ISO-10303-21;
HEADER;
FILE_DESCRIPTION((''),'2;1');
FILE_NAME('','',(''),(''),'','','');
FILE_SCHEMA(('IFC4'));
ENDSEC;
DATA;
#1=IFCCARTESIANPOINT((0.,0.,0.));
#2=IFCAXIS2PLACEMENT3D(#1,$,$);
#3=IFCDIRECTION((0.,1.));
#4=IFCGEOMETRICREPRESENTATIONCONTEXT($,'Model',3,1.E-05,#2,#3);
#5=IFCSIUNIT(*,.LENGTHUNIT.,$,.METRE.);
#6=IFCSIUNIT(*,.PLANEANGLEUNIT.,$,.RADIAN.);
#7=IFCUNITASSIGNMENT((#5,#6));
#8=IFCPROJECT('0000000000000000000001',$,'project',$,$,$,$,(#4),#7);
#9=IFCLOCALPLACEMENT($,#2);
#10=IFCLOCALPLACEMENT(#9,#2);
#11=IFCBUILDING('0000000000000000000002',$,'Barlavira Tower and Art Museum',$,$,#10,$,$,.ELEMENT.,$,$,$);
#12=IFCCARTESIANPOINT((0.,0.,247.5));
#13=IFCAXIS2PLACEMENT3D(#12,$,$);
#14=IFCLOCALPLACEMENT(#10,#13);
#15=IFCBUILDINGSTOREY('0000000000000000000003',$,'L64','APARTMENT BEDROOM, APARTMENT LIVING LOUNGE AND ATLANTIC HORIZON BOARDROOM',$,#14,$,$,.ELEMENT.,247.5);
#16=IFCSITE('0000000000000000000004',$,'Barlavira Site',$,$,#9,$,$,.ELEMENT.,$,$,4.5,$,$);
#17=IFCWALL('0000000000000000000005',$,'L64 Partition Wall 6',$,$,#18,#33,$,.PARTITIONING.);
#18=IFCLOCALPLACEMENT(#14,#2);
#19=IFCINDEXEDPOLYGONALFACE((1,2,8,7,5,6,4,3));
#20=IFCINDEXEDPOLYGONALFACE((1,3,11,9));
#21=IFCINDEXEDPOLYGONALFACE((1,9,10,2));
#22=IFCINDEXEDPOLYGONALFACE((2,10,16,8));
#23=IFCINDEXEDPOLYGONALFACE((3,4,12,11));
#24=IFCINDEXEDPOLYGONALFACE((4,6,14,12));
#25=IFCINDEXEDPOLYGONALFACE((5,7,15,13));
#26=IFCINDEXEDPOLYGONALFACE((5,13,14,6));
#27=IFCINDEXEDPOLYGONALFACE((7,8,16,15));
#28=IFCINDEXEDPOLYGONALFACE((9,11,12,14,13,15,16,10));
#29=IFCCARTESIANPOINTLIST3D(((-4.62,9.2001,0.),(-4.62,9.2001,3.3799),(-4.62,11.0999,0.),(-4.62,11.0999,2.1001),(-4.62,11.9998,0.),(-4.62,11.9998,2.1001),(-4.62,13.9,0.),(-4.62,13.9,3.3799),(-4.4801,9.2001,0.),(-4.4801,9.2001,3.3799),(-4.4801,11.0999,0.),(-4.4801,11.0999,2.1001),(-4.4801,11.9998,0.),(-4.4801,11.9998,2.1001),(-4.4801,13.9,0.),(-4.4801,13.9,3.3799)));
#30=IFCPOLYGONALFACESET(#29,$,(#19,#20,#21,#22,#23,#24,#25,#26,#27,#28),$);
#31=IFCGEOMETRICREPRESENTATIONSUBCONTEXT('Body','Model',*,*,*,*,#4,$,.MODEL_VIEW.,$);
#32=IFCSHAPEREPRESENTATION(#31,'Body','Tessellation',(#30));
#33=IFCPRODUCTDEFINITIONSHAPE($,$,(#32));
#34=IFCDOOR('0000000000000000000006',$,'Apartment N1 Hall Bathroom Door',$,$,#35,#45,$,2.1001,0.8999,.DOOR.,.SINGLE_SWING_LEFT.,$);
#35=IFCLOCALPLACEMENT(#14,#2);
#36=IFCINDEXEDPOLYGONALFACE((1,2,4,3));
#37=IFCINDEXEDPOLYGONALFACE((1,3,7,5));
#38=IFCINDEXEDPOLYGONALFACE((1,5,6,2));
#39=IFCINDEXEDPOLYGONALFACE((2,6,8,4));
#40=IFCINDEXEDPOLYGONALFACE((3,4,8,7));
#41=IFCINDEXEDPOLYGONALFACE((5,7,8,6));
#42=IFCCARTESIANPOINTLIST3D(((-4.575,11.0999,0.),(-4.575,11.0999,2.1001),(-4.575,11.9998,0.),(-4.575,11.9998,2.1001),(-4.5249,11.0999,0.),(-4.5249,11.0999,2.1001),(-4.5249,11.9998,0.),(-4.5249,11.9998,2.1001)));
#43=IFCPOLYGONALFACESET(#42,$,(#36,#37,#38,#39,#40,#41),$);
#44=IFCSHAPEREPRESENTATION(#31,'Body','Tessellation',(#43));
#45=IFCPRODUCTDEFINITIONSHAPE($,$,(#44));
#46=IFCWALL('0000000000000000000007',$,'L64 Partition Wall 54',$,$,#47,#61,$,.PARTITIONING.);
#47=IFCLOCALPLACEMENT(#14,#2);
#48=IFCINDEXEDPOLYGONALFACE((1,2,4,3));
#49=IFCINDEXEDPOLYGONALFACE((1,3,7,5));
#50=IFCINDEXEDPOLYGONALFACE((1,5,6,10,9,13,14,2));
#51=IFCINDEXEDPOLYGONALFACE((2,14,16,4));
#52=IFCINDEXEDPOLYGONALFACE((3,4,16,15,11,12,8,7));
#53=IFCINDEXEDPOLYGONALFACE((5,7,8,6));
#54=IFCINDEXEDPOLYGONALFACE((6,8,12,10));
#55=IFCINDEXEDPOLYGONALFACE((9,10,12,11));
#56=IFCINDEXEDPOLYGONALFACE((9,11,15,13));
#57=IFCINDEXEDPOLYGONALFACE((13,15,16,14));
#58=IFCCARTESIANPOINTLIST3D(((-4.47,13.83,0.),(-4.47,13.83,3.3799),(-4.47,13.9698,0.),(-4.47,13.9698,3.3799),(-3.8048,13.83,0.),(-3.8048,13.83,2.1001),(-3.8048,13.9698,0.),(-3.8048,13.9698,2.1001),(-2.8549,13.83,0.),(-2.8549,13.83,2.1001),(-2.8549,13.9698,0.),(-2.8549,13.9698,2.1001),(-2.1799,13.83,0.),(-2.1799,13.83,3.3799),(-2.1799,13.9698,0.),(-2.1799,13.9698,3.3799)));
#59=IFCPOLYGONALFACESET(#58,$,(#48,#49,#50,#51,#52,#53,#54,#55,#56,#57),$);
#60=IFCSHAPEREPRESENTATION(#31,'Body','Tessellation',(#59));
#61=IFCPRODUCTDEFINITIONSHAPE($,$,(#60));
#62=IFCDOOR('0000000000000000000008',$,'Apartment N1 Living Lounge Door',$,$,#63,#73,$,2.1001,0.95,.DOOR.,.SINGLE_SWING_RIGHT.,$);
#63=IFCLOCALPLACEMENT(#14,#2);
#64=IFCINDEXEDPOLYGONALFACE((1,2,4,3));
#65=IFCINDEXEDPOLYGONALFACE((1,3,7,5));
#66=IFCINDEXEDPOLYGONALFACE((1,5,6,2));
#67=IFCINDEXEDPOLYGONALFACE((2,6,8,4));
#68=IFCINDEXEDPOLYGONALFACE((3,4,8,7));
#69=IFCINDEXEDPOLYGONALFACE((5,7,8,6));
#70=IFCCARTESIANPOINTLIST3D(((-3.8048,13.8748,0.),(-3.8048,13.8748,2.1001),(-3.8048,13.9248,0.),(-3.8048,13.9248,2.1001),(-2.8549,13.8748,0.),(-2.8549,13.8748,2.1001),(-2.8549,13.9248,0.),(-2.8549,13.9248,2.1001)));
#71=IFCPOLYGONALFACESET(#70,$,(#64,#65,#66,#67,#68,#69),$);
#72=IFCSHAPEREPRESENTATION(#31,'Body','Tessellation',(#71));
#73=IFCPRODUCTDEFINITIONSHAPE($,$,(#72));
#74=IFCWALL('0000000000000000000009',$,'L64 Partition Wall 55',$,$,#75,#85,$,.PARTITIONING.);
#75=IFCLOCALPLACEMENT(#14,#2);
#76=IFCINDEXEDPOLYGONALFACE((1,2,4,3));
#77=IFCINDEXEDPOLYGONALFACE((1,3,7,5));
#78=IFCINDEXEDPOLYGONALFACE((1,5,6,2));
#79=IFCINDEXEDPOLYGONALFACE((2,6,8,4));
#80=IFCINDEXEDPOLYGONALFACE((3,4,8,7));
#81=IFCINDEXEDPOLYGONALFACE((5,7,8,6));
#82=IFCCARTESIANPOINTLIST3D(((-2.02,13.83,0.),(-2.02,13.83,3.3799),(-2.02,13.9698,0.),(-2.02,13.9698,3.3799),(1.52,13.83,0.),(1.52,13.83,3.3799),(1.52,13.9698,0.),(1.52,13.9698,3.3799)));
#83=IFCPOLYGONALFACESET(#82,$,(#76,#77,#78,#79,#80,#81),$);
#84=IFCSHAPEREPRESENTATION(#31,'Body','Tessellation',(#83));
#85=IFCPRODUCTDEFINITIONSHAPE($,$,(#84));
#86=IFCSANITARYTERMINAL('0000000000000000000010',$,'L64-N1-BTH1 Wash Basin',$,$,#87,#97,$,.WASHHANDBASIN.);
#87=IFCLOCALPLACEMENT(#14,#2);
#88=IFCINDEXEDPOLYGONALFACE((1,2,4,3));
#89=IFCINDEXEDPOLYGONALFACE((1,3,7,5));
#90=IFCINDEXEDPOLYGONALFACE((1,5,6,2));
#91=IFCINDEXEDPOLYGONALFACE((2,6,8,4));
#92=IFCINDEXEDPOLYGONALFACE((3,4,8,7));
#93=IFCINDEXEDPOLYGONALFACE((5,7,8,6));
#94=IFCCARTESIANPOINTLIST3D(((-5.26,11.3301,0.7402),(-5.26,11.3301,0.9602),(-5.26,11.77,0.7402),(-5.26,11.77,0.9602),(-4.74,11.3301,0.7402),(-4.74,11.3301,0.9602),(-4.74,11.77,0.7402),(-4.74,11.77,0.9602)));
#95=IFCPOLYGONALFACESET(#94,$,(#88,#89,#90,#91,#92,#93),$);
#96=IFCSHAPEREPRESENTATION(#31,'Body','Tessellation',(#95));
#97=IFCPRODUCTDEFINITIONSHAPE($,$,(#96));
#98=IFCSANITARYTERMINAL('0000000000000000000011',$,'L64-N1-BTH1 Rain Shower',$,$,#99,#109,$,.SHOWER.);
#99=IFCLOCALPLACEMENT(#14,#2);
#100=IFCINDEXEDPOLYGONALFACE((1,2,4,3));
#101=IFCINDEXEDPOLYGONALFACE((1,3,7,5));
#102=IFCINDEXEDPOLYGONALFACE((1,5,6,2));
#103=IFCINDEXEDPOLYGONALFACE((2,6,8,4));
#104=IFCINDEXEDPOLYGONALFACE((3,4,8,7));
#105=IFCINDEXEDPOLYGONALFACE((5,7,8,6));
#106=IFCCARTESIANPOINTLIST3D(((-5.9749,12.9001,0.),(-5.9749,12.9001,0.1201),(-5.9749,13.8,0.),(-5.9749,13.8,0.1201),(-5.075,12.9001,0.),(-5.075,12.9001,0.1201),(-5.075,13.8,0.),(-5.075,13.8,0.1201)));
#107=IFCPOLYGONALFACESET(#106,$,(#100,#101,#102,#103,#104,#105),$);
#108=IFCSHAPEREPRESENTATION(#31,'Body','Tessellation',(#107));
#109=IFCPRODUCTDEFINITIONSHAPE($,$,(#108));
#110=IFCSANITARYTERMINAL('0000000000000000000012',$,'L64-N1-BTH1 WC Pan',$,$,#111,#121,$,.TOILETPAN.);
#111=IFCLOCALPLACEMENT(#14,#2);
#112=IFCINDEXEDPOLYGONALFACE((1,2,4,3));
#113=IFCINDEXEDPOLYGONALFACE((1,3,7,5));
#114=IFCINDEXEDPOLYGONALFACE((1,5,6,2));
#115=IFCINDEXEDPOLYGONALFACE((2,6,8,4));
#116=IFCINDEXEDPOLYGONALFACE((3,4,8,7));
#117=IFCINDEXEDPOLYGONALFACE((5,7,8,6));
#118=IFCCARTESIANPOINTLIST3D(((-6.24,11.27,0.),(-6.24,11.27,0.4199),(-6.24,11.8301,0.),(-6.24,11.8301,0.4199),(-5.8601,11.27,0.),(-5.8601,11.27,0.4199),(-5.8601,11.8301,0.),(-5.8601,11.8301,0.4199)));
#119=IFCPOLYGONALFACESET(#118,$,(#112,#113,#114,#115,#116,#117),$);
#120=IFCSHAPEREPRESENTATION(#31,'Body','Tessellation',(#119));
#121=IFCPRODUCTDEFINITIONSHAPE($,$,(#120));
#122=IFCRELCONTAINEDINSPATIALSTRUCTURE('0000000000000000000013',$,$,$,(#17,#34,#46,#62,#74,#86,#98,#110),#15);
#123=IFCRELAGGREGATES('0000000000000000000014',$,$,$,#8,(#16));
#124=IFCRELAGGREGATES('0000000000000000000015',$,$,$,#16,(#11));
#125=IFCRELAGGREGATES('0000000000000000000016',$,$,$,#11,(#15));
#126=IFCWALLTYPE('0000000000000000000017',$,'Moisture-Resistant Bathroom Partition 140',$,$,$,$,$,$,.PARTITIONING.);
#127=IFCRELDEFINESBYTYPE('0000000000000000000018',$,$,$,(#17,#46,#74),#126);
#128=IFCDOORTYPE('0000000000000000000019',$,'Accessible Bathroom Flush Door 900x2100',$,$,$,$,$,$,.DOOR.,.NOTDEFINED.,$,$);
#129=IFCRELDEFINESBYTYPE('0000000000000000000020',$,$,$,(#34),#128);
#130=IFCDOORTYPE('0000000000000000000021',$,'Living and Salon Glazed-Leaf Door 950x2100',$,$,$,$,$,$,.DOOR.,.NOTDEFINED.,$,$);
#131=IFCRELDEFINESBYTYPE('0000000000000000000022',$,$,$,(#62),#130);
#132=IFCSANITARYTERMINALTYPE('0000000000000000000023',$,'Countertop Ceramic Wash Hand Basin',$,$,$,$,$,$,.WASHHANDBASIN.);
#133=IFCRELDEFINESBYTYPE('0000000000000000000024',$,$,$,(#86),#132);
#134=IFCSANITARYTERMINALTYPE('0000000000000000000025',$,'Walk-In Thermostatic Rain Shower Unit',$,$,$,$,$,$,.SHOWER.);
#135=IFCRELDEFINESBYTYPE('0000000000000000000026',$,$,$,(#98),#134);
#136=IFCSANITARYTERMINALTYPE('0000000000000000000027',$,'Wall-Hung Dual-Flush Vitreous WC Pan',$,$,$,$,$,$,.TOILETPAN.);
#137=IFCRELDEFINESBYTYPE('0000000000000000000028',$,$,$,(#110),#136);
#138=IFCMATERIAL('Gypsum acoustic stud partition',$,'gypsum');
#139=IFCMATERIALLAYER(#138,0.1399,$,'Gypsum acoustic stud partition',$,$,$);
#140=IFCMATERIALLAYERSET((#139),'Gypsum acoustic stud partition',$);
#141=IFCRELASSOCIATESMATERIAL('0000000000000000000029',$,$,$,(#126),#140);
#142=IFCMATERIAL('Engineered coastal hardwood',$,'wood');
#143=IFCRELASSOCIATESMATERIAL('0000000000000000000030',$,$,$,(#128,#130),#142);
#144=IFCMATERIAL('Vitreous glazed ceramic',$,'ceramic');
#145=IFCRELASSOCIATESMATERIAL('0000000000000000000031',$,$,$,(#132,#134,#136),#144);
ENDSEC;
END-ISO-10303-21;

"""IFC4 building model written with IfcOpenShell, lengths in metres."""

from ifc_helpers import new_model, si_unit, direction, frame, frame_2d, origin, origin_2d, place, context, subcontext, project, spatial, rectangle, extrude, material, layer, layer_set, type_object, element, fill, save


model = new_model("IFC4")

# Units and contexts
model_context = context("Model", 3, precision=1e-05, world=origin(), true_north=direction((0.0, 1.0)))
body_context = subcontext(model_context, "Body", "Model", "MODEL_VIEW")
ifc_project = project(units=[si_unit("LENGTHUNIT", "METRE"), si_unit("PLANEANGLEUNIT", "RADIAN")], contexts=[model_context])

# Site, building, storey
site_placement = place(None, origin())
site = spatial("IfcSite", under=ifc_project, at=site_placement, Name="Barlavira Site", CompositionType="ELEMENT", RefElevation=4.5)
building_placement = place(site_placement, origin())
building = spatial("IfcBuilding", under=site, at=building_placement, Name="Barlavira Tower and Art Museum", CompositionType="ELEMENT")
storey_placement = place(building_placement, frame((0.0, 0.0, 247.5)))
storey = spatial("IfcBuildingStorey", under=building, at=storey_placement, Name="L64", Description="APARTMENT BEDROOM, APARTMENT LIVING LOUNGE AND ATLANTIC HORIZON BOARDROOM", CompositionType="ELEMENT", Elevation=247.5)

# Walls, openings, doors
ifc_material_1 = material(Name="Gypsum acoustic stud partition", Category="gypsum")
ifc_material_2 = material(Name="Engineered coastal hardwood", Category="wood")
ifc_layer_1 = layer(ifc_material_1, 0.1399, Name="Gypsum acoustic stud partition")
ifc_layer_set_1 = layer_set([ifc_layer_1], Name="Gypsum acoustic stud partition")
wall_type_1 = type_object("IfcWallType", Name="Moisture-Resistant Bathroom Partition 140", PredefinedType="PARTITIONING", material=ifc_layer_set_1)
wall_1_placement = place(storey_placement, frame((-4.55, 9.2, 0.0), z_axis=(0.0, 0.0, 1.0), x_axis=(0.0, 1.0, 0.0)))
wall_1 = element("IfcWall", 1, at=wall_1_placement, inside=storey, type_object=wall_type_1, Name="L64 Partition Wall 6", PredefinedType="PARTITIONING", context=body_context, shape_type="SweptSolid", body=[
    extrude(rectangle(XDim=4.7, YDim=0.1399, at=frame_2d((2.3501, 0.0))), origin(), (0.0, 0.0, 1.0), 3.3799),
])
opening_1_placement = place(wall_1_placement, frame((1.8999, 0.0, 0.0)))
opening_1 = element("IfcOpeningElement", 2, at=opening_1_placement, cuts=wall_1, PredefinedType="OPENING", context=body_context, shape_type="SweptSolid", body=[
    extrude(rectangle(XDim=0.8999, YDim=2.1001, at=frame_2d((0.45, 1.05))), frame((0.0, 0.0801, 0.0), z_axis=(0.0, -1.0, 0.0), x_axis=(1.0, 0.0, 0.0)), (0.0, 0.0, 1.0), 0.1599),
])
door_type_1 = type_object("IfcDoorType", Name="Accessible Bathroom Flush Door 900x2100", OperationType="NOTDEFINED", PredefinedType="DOOR", material=ifc_material_2)
door_1_placement = place(opening_1_placement, origin())
door_1 = element("IfcDoor", 3, at=door_1_placement, inside=storey, type_object=door_type_1, Name="Apartment N1 Hall Bathroom Door", OperationType="SINGLE_SWING_LEFT", OverallHeight=2.1001, OverallWidth=0.8999, PredefinedType="DOOR", context=body_context, shape_type="SweptSolid", body=[
    extrude(rectangle(XDim=0.8999, YDim=2.1001, at=frame_2d((0.45, 1.05))), frame((0.0, 0.0249, 0.0), z_axis=(0.0, -1.0, 0.0), x_axis=(1.0, 0.0, 0.0)), (0.0, 0.0, 1.0), 0.05),
])
fill(opening_1, door_1)
wall_2_placement = place(storey_placement, frame((-4.47, 13.8999, 0.0), z_axis=(0.0, 0.0, 1.0), x_axis=(1.0, 0.0, 0.0)))
wall_2 = element("IfcWall", 4, at=wall_2_placement, inside=storey, type_object=wall_type_1, Name="L64 Partition Wall 54", PredefinedType="PARTITIONING", context=body_context, shape_type="SweptSolid", body=[
    extrude(rectangle(XDim=2.29, YDim=0.1399, at=frame_2d((1.145, 0.0))), origin(), (0.0, 0.0, 1.0), 3.3799),
])
opening_2_placement = place(wall_2_placement, frame((0.665, 0.0, 0.0)))
opening_2 = element("IfcOpeningElement", 5, at=opening_2_placement, cuts=wall_2, PredefinedType="OPENING", context=body_context, shape_type="SweptSolid", body=[
    extrude(rectangle(XDim=0.95, YDim=2.1001, at=frame_2d((0.4751, 1.05))), frame((0.0, 0.0801, 0.0), z_axis=(0.0, -1.0, 0.0), x_axis=(1.0, 0.0, 0.0)), (0.0, 0.0, 1.0), 0.1599),
])
door_type_2 = type_object("IfcDoorType", Name="Living and Salon Glazed-Leaf Door 950x2100", OperationType="NOTDEFINED", PredefinedType="DOOR", material=ifc_material_2)
door_2_placement = place(opening_2_placement, origin())
door_2 = element("IfcDoor", 6, at=door_2_placement, inside=storey, type_object=door_type_2, Name="Apartment N1 Living Lounge Door", OperationType="SINGLE_SWING_RIGHT", OverallHeight=2.1001, OverallWidth=0.95, PredefinedType="DOOR", context=body_context, shape_type="SweptSolid", body=[
    extrude(rectangle(XDim=0.95, YDim=2.1001, at=frame_2d((0.4751, 1.05))), frame((0.0, 0.0249, 0.0), z_axis=(0.0, -1.0, 0.0), x_axis=(1.0, 0.0, 0.0)), (0.0, 0.0, 1.0), 0.05),
])
fill(opening_2, door_2)

# Wall
wall_3_placement = place(storey_placement, frame((-2.02, 13.8999, 0.0), z_axis=(0.0, 0.0, 1.0), x_axis=(1.0, 0.0, 0.0)))
element("IfcWall", 7, at=wall_3_placement, inside=storey, type_object=wall_type_1, Name="L64 Partition Wall 55", PredefinedType="PARTITIONING", context=body_context, shape_type="SweptSolid", body=[
    extrude(rectangle(XDim=3.54, YDim=0.1399, at=frame_2d((1.77, 0.0))), origin(), (0.0, 0.0, 1.0), 3.3799),
])

# Sanitary terminals
ifc_material_3 = material(Name="Vitreous glazed ceramic", Category="ceramic")
sanitary_terminal_type_1 = type_object("IfcSanitaryTerminalType", Name="Countertop Ceramic Wash Hand Basin", PredefinedType="WASHHANDBASIN", material=ifc_material_3)
sanitary_terminal_1_placement = place(storey_placement, frame((-5.0, 11.55, 0.7402), z_axis=(0.0, 0.0, 1.0), x_axis=(1.0, 0.0, 0.0)))
element("IfcSanitaryTerminal", 8, at=sanitary_terminal_1_placement, inside=storey, type_object=sanitary_terminal_type_1, Name="L64-N1-BTH1 Wash Basin", PredefinedType="WASHHANDBASIN", context=body_context, shape_type="SweptSolid", body=[
    extrude(rectangle(XDim=0.52, YDim=0.4399, at=origin_2d()), origin(), (0.0, 0.0, 1.0), 0.22),
])
sanitary_terminal_type_2 = type_object("IfcSanitaryTerminalType", Name="Walk-In Thermostatic Rain Shower Unit", PredefinedType="SHOWER", material=ifc_material_3)
sanitary_terminal_2_placement = place(storey_placement, frame((-5.5249, 13.3501, 0.0), z_axis=(0.0, 0.0, 1.0), x_axis=(1.0, 0.0, 0.0)))
element("IfcSanitaryTerminal", 9, at=sanitary_terminal_2_placement, inside=storey, type_object=sanitary_terminal_type_2, Name="L64-N1-BTH1 Rain Shower", PredefinedType="SHOWER", context=body_context, shape_type="SweptSolid", body=[
    extrude(rectangle(XDim=0.8999, YDim=0.8999, at=origin_2d()), origin(), (0.0, 0.0, 1.0), 0.1201),
])
sanitary_terminal_type_3 = type_object("IfcSanitaryTerminalType", Name="Wall-Hung Dual-Flush Vitreous WC Pan", PredefinedType="TOILETPAN", material=ifc_material_3)
sanitary_terminal_3_placement = place(storey_placement, frame((-6.05, 11.55, 0.0), z_axis=(0.0, 0.0, 1.0), x_axis=(1.0, 0.0, 0.0)))
element("IfcSanitaryTerminal", 10, at=sanitary_terminal_3_placement, inside=storey, type_object=sanitary_terminal_type_3, Name="L64-N1-BTH1 WC Pan", PredefinedType="TOILETPAN", context=body_context, shape_type="SweptSolid", body=[
    extrude(rectangle(XDim=0.3799, YDim=0.5601, at=origin_2d()), origin(), (0.0, 0.0, 1.0), 0.4199),
])

save(model, "model.ifc")
